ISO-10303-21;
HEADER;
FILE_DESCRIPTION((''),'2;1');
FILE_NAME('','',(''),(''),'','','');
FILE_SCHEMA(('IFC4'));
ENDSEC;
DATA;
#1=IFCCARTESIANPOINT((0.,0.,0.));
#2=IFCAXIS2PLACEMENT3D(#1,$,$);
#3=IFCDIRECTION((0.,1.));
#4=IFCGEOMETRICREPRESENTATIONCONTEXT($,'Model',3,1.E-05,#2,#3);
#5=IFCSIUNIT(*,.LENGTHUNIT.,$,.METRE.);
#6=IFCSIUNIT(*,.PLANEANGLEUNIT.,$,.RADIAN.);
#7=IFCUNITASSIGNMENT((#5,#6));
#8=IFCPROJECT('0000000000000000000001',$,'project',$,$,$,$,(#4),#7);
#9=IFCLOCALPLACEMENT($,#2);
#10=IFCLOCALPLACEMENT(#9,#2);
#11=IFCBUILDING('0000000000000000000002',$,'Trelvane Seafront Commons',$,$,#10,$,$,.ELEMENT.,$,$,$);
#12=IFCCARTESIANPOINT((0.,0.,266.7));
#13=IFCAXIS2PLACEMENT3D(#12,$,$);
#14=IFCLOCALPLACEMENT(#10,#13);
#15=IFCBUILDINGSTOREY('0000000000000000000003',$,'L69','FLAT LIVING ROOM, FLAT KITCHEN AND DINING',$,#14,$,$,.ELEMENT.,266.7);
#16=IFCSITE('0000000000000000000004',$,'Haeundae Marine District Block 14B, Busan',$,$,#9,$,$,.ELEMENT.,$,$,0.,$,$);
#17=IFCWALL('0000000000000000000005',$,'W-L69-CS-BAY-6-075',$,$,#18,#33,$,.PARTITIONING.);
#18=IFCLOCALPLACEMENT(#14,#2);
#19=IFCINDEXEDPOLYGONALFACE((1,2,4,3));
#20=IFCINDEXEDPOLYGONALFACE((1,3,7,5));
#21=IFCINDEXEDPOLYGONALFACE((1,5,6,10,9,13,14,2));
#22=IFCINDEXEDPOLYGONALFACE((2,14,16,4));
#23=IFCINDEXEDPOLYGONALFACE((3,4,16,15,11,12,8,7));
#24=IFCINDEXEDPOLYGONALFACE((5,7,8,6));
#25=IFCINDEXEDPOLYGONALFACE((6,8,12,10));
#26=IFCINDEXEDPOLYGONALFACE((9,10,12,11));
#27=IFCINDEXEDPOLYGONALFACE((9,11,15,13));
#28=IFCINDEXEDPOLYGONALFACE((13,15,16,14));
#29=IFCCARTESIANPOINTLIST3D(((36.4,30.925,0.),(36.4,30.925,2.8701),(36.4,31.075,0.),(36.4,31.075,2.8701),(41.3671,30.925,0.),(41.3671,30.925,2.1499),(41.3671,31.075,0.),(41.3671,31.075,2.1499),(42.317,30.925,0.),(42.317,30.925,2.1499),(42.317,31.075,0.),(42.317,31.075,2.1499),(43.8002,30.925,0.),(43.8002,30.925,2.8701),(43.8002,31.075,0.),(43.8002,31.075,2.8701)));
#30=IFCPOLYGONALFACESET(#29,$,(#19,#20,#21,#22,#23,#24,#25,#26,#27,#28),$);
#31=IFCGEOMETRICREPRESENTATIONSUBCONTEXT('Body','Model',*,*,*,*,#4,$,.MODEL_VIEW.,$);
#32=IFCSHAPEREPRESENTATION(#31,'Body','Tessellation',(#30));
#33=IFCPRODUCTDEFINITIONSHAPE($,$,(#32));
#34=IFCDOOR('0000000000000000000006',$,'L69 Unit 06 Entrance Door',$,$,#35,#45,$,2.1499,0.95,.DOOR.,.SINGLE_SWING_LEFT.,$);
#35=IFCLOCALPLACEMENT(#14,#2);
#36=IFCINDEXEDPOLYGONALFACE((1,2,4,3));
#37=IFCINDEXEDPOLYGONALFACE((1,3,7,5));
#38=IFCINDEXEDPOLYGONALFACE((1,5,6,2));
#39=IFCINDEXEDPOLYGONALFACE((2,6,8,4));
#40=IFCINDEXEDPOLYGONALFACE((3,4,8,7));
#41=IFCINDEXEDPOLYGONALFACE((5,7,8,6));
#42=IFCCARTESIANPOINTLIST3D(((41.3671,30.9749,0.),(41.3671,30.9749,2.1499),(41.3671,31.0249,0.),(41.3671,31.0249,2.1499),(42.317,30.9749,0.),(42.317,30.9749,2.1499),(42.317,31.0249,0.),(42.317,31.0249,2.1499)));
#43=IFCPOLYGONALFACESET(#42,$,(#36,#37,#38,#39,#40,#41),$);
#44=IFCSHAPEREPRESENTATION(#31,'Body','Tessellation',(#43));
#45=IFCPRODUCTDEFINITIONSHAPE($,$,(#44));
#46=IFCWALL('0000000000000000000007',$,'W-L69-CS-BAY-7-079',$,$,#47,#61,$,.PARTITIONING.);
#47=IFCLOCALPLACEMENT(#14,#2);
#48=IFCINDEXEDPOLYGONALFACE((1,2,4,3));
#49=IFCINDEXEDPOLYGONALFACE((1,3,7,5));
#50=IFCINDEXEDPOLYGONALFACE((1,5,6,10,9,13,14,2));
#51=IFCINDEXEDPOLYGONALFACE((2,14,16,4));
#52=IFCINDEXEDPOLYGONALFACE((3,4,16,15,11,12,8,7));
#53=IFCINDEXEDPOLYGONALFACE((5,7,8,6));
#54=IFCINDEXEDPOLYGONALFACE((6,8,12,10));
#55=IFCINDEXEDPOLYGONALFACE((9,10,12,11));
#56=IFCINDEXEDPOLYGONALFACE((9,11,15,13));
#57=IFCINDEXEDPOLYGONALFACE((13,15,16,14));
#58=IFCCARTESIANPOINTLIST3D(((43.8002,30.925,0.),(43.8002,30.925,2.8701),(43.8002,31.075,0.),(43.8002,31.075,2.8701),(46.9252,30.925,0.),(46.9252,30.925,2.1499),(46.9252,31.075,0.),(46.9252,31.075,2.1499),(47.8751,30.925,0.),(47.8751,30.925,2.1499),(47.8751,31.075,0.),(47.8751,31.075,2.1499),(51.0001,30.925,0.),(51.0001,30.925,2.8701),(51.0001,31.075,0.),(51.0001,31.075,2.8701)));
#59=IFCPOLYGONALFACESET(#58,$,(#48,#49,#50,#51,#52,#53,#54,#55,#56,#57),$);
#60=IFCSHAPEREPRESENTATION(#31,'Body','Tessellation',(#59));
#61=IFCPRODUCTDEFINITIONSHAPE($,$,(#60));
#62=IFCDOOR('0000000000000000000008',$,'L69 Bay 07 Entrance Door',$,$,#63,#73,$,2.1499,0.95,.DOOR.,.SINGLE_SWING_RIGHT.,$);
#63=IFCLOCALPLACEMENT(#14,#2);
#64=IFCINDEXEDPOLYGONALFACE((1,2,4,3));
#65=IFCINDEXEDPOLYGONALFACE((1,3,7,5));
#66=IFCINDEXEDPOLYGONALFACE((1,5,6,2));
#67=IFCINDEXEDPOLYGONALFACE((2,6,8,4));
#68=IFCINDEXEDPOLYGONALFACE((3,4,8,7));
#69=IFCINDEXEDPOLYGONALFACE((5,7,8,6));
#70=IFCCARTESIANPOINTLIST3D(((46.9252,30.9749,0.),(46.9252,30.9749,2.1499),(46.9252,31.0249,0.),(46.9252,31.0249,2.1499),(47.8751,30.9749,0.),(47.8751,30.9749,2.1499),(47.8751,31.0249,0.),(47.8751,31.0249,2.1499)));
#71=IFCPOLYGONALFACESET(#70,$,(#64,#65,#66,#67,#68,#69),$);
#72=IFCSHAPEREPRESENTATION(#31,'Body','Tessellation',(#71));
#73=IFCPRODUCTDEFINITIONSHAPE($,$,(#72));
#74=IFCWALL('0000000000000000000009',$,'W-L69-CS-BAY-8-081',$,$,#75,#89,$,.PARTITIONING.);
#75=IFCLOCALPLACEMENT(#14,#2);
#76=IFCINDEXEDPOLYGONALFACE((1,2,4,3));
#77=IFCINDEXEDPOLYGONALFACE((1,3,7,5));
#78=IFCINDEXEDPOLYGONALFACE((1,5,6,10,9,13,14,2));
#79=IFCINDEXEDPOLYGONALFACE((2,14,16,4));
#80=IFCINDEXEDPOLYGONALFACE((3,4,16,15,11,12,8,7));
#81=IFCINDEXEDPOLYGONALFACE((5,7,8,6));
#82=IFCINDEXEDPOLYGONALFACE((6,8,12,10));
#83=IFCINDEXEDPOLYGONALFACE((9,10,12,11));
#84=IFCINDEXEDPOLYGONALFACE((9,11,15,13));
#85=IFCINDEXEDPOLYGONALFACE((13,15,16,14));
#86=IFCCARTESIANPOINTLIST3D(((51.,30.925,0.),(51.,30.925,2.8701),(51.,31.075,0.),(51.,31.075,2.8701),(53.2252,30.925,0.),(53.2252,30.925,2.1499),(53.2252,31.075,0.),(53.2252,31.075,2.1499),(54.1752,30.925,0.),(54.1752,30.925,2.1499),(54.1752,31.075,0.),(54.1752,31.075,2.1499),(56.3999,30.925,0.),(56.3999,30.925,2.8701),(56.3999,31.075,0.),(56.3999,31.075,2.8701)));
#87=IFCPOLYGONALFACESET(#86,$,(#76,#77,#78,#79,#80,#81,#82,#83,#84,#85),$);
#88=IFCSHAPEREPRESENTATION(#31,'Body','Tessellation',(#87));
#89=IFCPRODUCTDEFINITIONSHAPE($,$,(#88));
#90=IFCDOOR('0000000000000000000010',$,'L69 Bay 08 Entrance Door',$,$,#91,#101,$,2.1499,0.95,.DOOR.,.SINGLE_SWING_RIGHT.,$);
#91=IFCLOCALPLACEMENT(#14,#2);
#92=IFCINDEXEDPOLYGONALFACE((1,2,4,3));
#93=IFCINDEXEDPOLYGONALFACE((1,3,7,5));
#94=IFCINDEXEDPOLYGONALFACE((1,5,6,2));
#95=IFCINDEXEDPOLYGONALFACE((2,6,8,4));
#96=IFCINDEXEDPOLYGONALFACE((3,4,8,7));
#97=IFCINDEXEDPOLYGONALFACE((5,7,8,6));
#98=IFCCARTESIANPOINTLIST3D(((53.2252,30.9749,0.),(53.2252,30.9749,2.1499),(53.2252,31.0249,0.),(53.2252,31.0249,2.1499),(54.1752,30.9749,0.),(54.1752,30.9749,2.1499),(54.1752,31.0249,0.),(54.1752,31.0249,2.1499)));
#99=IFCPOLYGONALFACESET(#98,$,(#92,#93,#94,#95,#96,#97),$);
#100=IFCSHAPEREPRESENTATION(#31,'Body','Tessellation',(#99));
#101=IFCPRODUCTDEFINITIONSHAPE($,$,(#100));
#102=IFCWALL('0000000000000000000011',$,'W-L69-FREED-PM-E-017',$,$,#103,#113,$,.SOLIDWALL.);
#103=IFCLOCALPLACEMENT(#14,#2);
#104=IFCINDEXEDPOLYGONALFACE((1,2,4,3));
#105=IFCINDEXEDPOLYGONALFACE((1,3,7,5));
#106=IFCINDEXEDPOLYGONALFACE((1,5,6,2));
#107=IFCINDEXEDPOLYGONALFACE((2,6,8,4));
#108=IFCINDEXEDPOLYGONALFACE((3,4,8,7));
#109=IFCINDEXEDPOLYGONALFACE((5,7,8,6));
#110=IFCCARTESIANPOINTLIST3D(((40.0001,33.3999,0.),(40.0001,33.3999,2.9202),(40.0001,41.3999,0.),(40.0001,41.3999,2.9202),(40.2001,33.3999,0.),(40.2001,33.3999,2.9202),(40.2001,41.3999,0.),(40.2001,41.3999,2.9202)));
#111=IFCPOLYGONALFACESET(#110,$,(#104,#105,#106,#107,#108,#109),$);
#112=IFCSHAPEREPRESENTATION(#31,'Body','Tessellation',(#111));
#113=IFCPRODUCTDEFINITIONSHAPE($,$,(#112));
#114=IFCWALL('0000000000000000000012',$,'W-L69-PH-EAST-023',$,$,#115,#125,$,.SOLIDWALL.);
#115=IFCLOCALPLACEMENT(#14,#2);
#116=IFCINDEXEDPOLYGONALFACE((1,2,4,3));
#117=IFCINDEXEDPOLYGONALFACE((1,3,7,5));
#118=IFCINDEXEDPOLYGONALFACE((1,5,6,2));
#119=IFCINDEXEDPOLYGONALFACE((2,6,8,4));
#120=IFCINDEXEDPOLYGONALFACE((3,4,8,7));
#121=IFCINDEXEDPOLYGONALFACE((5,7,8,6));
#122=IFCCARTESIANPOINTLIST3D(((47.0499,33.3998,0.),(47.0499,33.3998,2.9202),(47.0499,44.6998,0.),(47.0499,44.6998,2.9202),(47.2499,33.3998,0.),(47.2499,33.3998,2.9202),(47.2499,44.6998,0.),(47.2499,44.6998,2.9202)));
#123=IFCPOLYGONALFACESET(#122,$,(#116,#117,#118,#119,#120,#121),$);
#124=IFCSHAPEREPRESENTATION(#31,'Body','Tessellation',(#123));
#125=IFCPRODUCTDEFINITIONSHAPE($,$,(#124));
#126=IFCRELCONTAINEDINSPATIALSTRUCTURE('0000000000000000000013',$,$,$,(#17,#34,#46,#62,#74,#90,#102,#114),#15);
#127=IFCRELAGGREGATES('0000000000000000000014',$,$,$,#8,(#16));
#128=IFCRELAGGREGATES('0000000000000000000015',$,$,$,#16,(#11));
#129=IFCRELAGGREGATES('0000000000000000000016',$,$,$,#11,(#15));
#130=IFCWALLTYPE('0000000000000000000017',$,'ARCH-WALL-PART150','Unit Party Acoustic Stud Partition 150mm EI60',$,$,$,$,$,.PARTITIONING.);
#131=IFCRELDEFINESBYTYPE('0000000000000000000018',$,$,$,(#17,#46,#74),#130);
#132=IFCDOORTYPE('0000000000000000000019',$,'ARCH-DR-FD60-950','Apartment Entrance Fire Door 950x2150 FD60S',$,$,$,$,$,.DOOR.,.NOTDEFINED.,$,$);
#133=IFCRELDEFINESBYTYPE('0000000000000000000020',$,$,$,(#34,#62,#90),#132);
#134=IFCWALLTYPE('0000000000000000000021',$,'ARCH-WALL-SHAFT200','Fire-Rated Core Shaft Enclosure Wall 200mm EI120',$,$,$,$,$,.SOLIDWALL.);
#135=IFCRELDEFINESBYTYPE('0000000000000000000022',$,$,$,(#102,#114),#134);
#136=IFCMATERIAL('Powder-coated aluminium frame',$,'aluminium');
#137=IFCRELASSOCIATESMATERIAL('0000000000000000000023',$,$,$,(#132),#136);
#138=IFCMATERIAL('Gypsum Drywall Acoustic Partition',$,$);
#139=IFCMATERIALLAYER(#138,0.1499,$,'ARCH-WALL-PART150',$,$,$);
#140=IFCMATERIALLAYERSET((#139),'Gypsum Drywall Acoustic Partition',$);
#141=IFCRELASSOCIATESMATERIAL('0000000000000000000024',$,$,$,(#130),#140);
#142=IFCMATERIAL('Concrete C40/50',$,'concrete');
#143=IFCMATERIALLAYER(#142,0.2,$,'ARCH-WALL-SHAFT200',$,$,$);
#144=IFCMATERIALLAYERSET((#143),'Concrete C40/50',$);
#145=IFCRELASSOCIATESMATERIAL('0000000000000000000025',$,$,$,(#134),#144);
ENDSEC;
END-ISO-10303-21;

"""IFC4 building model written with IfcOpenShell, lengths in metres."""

from ifc_helpers import new_model, si_unit, direction, frame, frame_2d, origin, place, context, subcontext, project, spatial, rectangle, extrude, source, transform, mapped, material, layer, layer_set, type_object, element, fill, save


model = new_model("IFC4")

# Units and contexts
model_context = context("Model", 3, precision=1e-05, world=origin(), true_north=direction((0.0, 1.0)))
body_context = subcontext(model_context, "Body", "Model", "MODEL_VIEW")
ifc_project = project(units=[si_unit("LENGTHUNIT", "METRE"), si_unit("PLANEANGLEUNIT", "RADIAN")], contexts=[model_context])

# Site, building, storey
site_placement = place(None, origin())
site = spatial("IfcSite", under=ifc_project, at=site_placement, Name="Haeundae Marine District Block 14B, Busan", CompositionType="ELEMENT", RefElevation=0.0)
building_placement = place(site_placement, origin())
building = spatial("IfcBuilding", under=site, at=building_placement, Name="Trelvane Seafront Commons", CompositionType="ELEMENT")
storey_placement = place(building_placement, frame((0.0, 0.0, 266.7)))
storey = spatial("IfcBuildingStorey", under=building, at=storey_placement, Name="L69", Description="FLAT LIVING ROOM, FLAT KITCHEN AND DINING", CompositionType="ELEMENT", Elevation=266.7)

# Shared definitions
ifc_material_1 = material(Name="Concrete C40/50", Category="concrete")
ifc_material_2 = material(Name="Powder-coated aluminium frame", Category="aluminium")

# Shared definitions
door_type_1 = type_object("IfcDoorType", Name="ARCH-DR-FD60-950", Description="Apartment Entrance Fire Door 950x2150 FD60S", OperationType="NOTDEFINED", PredefinedType="DOOR", material=ifc_material_2)
shared_shape_1 = source(origin(), body_context, "Body", "SweptSolid", [
    extrude(rectangle(XDim=0.95, YDim=2.1499, at=frame_2d((0.4751, 1.075))), frame((0.0, 0.0249, 0.0), z_axis=(0.0, -1.0, 0.0), x_axis=(1.0, 0.0, 0.0)), (0.0, 0.0, 1.0), 0.05),
])
ifc_material_3 = material(Name="Gypsum Drywall Acoustic Partition")

# Walls, openings, doors
ifc_layer_1 = layer(ifc_material_3, 0.1499, Name="ARCH-WALL-PART150")
ifc_layer_set_1 = layer_set([ifc_layer_1], Name="Gypsum Drywall Acoustic Partition")
wall_type_1 = type_object("IfcWallType", Name="ARCH-WALL-PART150", Description="Unit Party Acoustic Stud Partition 150mm EI60", PredefinedType="PARTITIONING", material=ifc_layer_set_1)
wall_1_placement = place(storey_placement, frame((36.3999, 31.0, 0.0), z_axis=(0.0, 0.0, 1.0), x_axis=(1.0, 0.0, 0.0)))
wall_1 = element("IfcWall", 1, at=wall_1_placement, inside=storey, type_object=wall_type_1, Name="W-L69-CS-BAY-6-075", PredefinedType="PARTITIONING", context=body_context, shape_type="SweptSolid", body=[
    extrude(rectangle(XDim=7.4001, YDim=0.1499, at=frame_2d((3.7002, 0.0))), origin(), (0.0, 0.0, 1.0), 2.8701),
])
opening_1_placement = place(wall_1_placement, frame((4.967, 0.0, 0.0)))
opening_1 = element("IfcOpeningElement", 2, at=opening_1_placement, cuts=wall_1, PredefinedType="OPENING", context=body_context, shape_type="SweptSolid", body=[
    extrude(rectangle(XDim=0.95, YDim=2.1499, at=frame_2d((0.4751, 1.075))), frame((0.0, 0.085, 0.0), z_axis=(0.0, -1.0, 0.0), x_axis=(1.0, 0.0, 0.0)), (0.0, 0.0, 1.0), 0.1699),
])
door_1_placement = place(opening_1_placement, origin())
door_1 = element("IfcDoor", 3, at=door_1_placement, inside=storey, type_object=door_type_1, Name="L69 Unit 06 Entrance Door", OperationType="SINGLE_SWING_LEFT", OverallHeight=2.1499, OverallWidth=0.95, PredefinedType="DOOR", context=body_context, shape_type="MappedRepresentation", body=[
    mapped(shared_shape_1, transform((0.0, 0.0, 0.0), x_axis=(1.0, 0.0, 0.0), y_axis=(0.0, 1.0, 0.0), z_axis=(0.0, 0.0, 1.0), scale=1.0)),
])
fill(opening_1, door_1)
wall_2_placement = place(storey_placement, frame((43.8, 31.0, 0.0), z_axis=(0.0, 0.0, 1.0), x_axis=(1.0, 0.0, 0.0)))
wall_2 = element("IfcWall", 4, at=wall_2_placement, inside=storey, type_object=wall_type_1, Name="W-L69-CS-BAY-7-079", PredefinedType="PARTITIONING", context=body_context, shape_type="SweptSolid", body=[
    extrude(rectangle(XDim=7.2, YDim=0.1499, at=frame_2d((3.6001, 0.0))), origin(), (0.0, 0.0, 1.0), 2.8701),
])
opening_2_placement = place(wall_2_placement, frame((3.125, 0.0, 0.0)))
opening_2 = element("IfcOpeningElement", 5, at=opening_2_placement, cuts=wall_2, PredefinedType="OPENING", context=body_context, shape_type="SweptSolid", body=[
    extrude(rectangle(XDim=0.95, YDim=2.1499, at=frame_2d((0.4751, 1.075))), frame((0.0, 0.085, 0.0), z_axis=(0.0, -1.0, 0.0), x_axis=(1.0, 0.0, 0.0)), (0.0, 0.0, 1.0), 0.1699),
])
door_2_placement = place(opening_2_placement, origin())
door_2 = element("IfcDoor", 6, at=door_2_placement, inside=storey, type_object=door_type_1, Name="L69 Bay 07 Entrance Door", OperationType="SINGLE_SWING_RIGHT", OverallHeight=2.1499, OverallWidth=0.95, PredefinedType="DOOR", context=body_context, shape_type="MappedRepresentation", body=[
    mapped(shared_shape_1, transform((0.0, 0.0, 0.0), x_axis=(1.0, 0.0, 0.0), y_axis=(0.0, 1.0, 0.0), z_axis=(0.0, 0.0, 1.0), scale=1.0)),
])
fill(opening_2, door_2)
wall_3_placement = place(storey_placement, frame((51.0, 31.0, 0.0), z_axis=(0.0, 0.0, 1.0), x_axis=(1.0, 0.0, 0.0)))
wall_3 = element("IfcWall", 7, at=wall_3_placement, inside=storey, type_object=wall_type_1, Name="W-L69-CS-BAY-8-081", PredefinedType="PARTITIONING", context=body_context, shape_type="SweptSolid", body=[
    extrude(rectangle(XDim=5.3999, YDim=0.1499, at=frame_2d((2.7, 0.0))), origin(), (0.0, 0.0, 1.0), 2.8701),
])
opening_3_placement = place(wall_3_placement, frame((2.2251, 0.0, 0.0)))
opening_3 = element("IfcOpeningElement", 8, at=opening_3_placement, cuts=wall_3, PredefinedType="OPENING", context=body_context, shape_type="SweptSolid", body=[
    extrude(rectangle(XDim=0.95, YDim=2.1499, at=frame_2d((0.4751, 1.075))), frame((0.0, 0.085, 0.0), z_axis=(0.0, -1.0, 0.0), x_axis=(1.0, 0.0, 0.0)), (0.0, 0.0, 1.0), 0.1699),
])
door_3_placement = place(opening_3_placement, origin())
door_3 = element("IfcDoor", 9, at=door_3_placement, inside=storey, type_object=door_type_1, Name="L69 Bay 08 Entrance Door", OperationType="SINGLE_SWING_RIGHT", OverallHeight=2.1499, OverallWidth=0.95, PredefinedType="DOOR", context=body_context, shape_type="MappedRepresentation", body=[
    mapped(shared_shape_1, transform((0.0, 0.0, 0.0), x_axis=(1.0, 0.0, 0.0), y_axis=(0.0, 1.0, 0.0), z_axis=(0.0, 0.0, 1.0), scale=1.0)),
])
fill(opening_3, door_3)

# Walls
ifc_layer_2 = layer(ifc_material_1, 0.2, Name="ARCH-WALL-SHAFT200")
ifc_layer_set_2 = layer_set([ifc_layer_2], Name="Concrete C40/50")
wall_type_2 = type_object("IfcWallType", Name="ARCH-WALL-SHAFT200", Description="Fire-Rated Core Shaft Enclosure Wall 200mm EI120", PredefinedType="SOLIDWALL", material=ifc_layer_set_2)
wall_4_placement = place(storey_placement, frame((40.1001, 33.3999, 0.0), z_axis=(0.0, 0.0, 1.0), x_axis=(0.0, 1.0, 0.0)))
element("IfcWall", 10, at=wall_4_placement, inside=storey, type_object=wall_type_2, Name="W-L69-FREED-PM-E-017", PredefinedType="SOLIDWALL", context=body_context, shape_type="SweptSolid", body=[
    extrude(rectangle(XDim=8.0, YDim=0.2, at=frame_2d((4.0, 0.0))), origin(), (0.0, 0.0, 1.0), 2.9202),
])
wall_5_placement = place(storey_placement, frame((47.1499, 33.3999, 0.0), z_axis=(0.0, 0.0, 1.0), x_axis=(0.0, 1.0, 0.0)))
element("IfcWall", 11, at=wall_5_placement, inside=storey, type_object=wall_type_2, Name="W-L69-PH-EAST-023", PredefinedType="SOLIDWALL", context=body_context, shape_type="SweptSolid", body=[
    extrude(rectangle(XDim=11.3, YDim=0.2, at=frame_2d((5.6499, 0.0))), origin(), (0.0, 0.0, 1.0), 2.9202),
])

save(model, "model.ifc")
